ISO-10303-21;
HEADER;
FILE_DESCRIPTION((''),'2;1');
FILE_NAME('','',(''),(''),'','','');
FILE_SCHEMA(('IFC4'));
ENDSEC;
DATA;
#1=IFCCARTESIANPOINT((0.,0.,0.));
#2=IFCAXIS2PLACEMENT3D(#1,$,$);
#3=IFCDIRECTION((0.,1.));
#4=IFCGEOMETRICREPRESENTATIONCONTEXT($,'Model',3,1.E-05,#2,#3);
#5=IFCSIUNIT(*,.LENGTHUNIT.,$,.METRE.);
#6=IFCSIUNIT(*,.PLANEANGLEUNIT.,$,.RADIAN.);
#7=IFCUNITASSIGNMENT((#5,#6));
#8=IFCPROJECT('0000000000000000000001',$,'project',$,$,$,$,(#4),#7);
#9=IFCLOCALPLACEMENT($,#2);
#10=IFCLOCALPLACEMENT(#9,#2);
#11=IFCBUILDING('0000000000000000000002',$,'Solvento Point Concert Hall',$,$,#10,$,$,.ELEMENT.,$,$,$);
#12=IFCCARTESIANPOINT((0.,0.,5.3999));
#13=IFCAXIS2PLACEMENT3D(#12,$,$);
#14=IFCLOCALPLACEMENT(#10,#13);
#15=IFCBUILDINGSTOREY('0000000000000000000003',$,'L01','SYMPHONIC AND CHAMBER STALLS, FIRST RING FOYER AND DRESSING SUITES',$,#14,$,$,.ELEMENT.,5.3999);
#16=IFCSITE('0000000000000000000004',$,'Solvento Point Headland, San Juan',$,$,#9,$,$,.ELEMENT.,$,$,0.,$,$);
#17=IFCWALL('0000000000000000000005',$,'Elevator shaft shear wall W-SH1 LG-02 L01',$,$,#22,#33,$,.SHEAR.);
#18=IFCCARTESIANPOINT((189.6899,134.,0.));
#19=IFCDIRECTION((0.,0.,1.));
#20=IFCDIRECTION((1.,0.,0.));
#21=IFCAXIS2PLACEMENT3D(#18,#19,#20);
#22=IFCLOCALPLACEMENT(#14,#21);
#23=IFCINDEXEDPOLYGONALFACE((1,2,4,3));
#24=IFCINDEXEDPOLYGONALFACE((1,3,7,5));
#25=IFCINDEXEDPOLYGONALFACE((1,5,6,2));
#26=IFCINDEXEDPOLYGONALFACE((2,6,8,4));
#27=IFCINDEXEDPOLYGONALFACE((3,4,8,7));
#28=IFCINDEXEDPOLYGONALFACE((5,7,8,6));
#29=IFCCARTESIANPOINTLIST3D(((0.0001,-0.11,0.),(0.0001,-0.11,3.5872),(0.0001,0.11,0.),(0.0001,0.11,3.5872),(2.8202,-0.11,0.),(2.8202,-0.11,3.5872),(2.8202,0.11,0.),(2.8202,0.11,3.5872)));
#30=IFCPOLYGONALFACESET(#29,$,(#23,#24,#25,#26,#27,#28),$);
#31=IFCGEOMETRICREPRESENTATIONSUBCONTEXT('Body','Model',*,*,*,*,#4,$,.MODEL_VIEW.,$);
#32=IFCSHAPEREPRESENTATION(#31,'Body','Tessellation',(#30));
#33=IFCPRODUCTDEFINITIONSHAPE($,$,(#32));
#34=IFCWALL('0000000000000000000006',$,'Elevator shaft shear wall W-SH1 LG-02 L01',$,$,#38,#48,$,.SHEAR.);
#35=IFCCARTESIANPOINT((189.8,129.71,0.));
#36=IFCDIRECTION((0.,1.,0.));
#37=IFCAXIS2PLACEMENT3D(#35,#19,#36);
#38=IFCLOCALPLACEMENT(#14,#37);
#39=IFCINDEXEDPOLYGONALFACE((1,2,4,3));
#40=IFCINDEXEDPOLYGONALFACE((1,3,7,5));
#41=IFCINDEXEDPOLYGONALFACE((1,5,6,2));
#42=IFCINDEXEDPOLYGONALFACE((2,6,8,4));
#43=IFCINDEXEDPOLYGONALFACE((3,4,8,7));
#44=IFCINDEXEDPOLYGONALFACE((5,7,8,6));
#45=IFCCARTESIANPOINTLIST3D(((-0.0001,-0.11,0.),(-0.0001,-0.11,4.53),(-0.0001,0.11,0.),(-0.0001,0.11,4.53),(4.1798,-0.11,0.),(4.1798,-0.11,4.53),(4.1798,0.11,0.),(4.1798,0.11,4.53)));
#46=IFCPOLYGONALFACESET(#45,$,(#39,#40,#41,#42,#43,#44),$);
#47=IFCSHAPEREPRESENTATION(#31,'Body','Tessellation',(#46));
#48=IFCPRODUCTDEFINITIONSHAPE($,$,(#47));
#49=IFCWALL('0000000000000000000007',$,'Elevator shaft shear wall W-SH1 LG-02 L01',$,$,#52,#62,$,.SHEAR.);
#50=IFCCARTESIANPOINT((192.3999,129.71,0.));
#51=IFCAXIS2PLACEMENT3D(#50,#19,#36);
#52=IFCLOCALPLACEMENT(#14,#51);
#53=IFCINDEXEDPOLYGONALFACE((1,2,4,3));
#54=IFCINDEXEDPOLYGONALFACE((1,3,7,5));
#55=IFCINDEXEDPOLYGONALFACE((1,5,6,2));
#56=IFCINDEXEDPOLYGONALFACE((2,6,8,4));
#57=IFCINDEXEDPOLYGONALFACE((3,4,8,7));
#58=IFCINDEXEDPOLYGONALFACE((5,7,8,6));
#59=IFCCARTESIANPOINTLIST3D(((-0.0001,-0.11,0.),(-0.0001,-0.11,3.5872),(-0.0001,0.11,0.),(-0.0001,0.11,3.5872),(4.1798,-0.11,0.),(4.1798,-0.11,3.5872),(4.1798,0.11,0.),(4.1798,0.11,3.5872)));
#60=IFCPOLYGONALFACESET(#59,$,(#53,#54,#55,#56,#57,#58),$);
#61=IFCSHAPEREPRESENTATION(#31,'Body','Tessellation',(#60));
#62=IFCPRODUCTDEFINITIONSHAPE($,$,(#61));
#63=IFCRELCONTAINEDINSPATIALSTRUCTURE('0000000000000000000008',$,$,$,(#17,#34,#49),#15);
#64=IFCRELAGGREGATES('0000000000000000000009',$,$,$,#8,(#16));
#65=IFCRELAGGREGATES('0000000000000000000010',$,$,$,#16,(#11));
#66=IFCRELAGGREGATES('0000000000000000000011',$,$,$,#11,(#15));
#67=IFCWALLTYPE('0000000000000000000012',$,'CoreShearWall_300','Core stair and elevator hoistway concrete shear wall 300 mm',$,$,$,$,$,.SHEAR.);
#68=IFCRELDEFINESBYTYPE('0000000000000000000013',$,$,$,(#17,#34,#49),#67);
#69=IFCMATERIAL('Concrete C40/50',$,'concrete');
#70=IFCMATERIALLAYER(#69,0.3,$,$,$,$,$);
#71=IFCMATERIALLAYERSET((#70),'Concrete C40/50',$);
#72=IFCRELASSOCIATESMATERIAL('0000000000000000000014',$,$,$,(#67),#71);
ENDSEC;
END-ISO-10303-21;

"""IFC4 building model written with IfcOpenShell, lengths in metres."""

from ifc_helpers import new_model, si_unit, direction, frame, frame_2d, origin, place, context, subcontext, project, spatial, rectangle, extrude, material, layer, layer_set, type_object, element, save


model = new_model("IFC4")

# Units and contexts
model_context = context("Model", 3, precision=1e-05, world=origin(), true_north=direction((0.0, 1.0)))
body_context = subcontext(model_context, "Body", "Model", "MODEL_VIEW")
ifc_project = project(units=[si_unit("LENGTHUNIT", "METRE"), si_unit("PLANEANGLEUNIT", "RADIAN")], contexts=[model_context])

# Site, building, storey
site_placement = place(None, origin())
site = spatial("IfcSite", under=ifc_project, at=site_placement, Name="Solvento Point Headland, San Juan", CompositionType="ELEMENT", RefElevation=0.0)
building_placement = place(site_placement, origin())
building = spatial("IfcBuilding", under=site, at=building_placement, Name="Solvento Point Concert Hall", CompositionType="ELEMENT")
storey_placement = place(building_placement, frame((0.0, 0.0, 5.3999)))
storey = spatial("IfcBuildingStorey", under=building, at=storey_placement, Name="L01", Description="SYMPHONIC AND CHAMBER STALLS, FIRST RING FOYER AND DRESSING SUITES", CompositionType="ELEMENT", Elevation=5.3999)

# Shared definitions
ifc_material_1 = material(Name="Concrete C40/50", Category="concrete")
ifc_layer_1 = layer(ifc_material_1, 0.3)
ifc_layer_set_1 = layer_set([ifc_layer_1], Name="Concrete C40/50")
wall_type_1 = type_object("IfcWallType", Name="CoreShearWall_300", Description="Core stair and elevator hoistway concrete shear wall 300 mm", PredefinedType="SHEAR", material=ifc_layer_set_1)

# Walls
wall_1_placement = place(storey_placement, frame((189.6899, 134.0, 0.0), z_axis=(0.0, 0.0, 1.0), x_axis=(1.0, 0.0, 0.0)))
element("IfcWall", 1, at=wall_1_placement, inside=storey, type_object=wall_type_1, Name="Elevator shaft shear wall W-SH1 LG-02 L01", PredefinedType="SHEAR", context=body_context, shape_type="SweptSolid", body=[
    extrude(rectangle(XDim=2.8201, YDim=0.22, at=frame_2d((1.4102, 0.0))), origin(), (0.0, 0.0, 1.0), 3.5872),
])
wall_2_placement = place(storey_placement, frame((189.8, 129.71, 0.0), z_axis=(0.0, 0.0, 1.0), x_axis=(0.0, 1.0, 0.0)))
element("IfcWall", 2, at=wall_2_placement, inside=storey, type_object=wall_type_1, Name="Elevator shaft shear wall W-SH1 LG-02 L01", PredefinedType="SHEAR", context=body_context, shape_type="SweptSolid", body=[
    extrude(rectangle(XDim=4.1799, YDim=0.22, at=frame_2d((2.0898, 0.0))), origin(), (0.0, 0.0, 1.0), 4.53),
])
wall_3_placement = place(storey_placement, frame((192.3999, 129.71, 0.0), z_axis=(0.0, 0.0, 1.0), x_axis=(0.0, 1.0, 0.0)))
element("IfcWall", 3, at=wall_3_placement, inside=storey, type_object=wall_type_1, Name="Elevator shaft shear wall W-SH1 LG-02 L01", PredefinedType="SHEAR", context=body_context, shape_type="SweptSolid", body=[
    extrude(rectangle(XDim=4.1799, YDim=0.22, at=frame_2d((2.0898, 0.0))), origin(), (0.0, 0.0, 1.0), 3.5872),
])

save(model, "model.ifc")
